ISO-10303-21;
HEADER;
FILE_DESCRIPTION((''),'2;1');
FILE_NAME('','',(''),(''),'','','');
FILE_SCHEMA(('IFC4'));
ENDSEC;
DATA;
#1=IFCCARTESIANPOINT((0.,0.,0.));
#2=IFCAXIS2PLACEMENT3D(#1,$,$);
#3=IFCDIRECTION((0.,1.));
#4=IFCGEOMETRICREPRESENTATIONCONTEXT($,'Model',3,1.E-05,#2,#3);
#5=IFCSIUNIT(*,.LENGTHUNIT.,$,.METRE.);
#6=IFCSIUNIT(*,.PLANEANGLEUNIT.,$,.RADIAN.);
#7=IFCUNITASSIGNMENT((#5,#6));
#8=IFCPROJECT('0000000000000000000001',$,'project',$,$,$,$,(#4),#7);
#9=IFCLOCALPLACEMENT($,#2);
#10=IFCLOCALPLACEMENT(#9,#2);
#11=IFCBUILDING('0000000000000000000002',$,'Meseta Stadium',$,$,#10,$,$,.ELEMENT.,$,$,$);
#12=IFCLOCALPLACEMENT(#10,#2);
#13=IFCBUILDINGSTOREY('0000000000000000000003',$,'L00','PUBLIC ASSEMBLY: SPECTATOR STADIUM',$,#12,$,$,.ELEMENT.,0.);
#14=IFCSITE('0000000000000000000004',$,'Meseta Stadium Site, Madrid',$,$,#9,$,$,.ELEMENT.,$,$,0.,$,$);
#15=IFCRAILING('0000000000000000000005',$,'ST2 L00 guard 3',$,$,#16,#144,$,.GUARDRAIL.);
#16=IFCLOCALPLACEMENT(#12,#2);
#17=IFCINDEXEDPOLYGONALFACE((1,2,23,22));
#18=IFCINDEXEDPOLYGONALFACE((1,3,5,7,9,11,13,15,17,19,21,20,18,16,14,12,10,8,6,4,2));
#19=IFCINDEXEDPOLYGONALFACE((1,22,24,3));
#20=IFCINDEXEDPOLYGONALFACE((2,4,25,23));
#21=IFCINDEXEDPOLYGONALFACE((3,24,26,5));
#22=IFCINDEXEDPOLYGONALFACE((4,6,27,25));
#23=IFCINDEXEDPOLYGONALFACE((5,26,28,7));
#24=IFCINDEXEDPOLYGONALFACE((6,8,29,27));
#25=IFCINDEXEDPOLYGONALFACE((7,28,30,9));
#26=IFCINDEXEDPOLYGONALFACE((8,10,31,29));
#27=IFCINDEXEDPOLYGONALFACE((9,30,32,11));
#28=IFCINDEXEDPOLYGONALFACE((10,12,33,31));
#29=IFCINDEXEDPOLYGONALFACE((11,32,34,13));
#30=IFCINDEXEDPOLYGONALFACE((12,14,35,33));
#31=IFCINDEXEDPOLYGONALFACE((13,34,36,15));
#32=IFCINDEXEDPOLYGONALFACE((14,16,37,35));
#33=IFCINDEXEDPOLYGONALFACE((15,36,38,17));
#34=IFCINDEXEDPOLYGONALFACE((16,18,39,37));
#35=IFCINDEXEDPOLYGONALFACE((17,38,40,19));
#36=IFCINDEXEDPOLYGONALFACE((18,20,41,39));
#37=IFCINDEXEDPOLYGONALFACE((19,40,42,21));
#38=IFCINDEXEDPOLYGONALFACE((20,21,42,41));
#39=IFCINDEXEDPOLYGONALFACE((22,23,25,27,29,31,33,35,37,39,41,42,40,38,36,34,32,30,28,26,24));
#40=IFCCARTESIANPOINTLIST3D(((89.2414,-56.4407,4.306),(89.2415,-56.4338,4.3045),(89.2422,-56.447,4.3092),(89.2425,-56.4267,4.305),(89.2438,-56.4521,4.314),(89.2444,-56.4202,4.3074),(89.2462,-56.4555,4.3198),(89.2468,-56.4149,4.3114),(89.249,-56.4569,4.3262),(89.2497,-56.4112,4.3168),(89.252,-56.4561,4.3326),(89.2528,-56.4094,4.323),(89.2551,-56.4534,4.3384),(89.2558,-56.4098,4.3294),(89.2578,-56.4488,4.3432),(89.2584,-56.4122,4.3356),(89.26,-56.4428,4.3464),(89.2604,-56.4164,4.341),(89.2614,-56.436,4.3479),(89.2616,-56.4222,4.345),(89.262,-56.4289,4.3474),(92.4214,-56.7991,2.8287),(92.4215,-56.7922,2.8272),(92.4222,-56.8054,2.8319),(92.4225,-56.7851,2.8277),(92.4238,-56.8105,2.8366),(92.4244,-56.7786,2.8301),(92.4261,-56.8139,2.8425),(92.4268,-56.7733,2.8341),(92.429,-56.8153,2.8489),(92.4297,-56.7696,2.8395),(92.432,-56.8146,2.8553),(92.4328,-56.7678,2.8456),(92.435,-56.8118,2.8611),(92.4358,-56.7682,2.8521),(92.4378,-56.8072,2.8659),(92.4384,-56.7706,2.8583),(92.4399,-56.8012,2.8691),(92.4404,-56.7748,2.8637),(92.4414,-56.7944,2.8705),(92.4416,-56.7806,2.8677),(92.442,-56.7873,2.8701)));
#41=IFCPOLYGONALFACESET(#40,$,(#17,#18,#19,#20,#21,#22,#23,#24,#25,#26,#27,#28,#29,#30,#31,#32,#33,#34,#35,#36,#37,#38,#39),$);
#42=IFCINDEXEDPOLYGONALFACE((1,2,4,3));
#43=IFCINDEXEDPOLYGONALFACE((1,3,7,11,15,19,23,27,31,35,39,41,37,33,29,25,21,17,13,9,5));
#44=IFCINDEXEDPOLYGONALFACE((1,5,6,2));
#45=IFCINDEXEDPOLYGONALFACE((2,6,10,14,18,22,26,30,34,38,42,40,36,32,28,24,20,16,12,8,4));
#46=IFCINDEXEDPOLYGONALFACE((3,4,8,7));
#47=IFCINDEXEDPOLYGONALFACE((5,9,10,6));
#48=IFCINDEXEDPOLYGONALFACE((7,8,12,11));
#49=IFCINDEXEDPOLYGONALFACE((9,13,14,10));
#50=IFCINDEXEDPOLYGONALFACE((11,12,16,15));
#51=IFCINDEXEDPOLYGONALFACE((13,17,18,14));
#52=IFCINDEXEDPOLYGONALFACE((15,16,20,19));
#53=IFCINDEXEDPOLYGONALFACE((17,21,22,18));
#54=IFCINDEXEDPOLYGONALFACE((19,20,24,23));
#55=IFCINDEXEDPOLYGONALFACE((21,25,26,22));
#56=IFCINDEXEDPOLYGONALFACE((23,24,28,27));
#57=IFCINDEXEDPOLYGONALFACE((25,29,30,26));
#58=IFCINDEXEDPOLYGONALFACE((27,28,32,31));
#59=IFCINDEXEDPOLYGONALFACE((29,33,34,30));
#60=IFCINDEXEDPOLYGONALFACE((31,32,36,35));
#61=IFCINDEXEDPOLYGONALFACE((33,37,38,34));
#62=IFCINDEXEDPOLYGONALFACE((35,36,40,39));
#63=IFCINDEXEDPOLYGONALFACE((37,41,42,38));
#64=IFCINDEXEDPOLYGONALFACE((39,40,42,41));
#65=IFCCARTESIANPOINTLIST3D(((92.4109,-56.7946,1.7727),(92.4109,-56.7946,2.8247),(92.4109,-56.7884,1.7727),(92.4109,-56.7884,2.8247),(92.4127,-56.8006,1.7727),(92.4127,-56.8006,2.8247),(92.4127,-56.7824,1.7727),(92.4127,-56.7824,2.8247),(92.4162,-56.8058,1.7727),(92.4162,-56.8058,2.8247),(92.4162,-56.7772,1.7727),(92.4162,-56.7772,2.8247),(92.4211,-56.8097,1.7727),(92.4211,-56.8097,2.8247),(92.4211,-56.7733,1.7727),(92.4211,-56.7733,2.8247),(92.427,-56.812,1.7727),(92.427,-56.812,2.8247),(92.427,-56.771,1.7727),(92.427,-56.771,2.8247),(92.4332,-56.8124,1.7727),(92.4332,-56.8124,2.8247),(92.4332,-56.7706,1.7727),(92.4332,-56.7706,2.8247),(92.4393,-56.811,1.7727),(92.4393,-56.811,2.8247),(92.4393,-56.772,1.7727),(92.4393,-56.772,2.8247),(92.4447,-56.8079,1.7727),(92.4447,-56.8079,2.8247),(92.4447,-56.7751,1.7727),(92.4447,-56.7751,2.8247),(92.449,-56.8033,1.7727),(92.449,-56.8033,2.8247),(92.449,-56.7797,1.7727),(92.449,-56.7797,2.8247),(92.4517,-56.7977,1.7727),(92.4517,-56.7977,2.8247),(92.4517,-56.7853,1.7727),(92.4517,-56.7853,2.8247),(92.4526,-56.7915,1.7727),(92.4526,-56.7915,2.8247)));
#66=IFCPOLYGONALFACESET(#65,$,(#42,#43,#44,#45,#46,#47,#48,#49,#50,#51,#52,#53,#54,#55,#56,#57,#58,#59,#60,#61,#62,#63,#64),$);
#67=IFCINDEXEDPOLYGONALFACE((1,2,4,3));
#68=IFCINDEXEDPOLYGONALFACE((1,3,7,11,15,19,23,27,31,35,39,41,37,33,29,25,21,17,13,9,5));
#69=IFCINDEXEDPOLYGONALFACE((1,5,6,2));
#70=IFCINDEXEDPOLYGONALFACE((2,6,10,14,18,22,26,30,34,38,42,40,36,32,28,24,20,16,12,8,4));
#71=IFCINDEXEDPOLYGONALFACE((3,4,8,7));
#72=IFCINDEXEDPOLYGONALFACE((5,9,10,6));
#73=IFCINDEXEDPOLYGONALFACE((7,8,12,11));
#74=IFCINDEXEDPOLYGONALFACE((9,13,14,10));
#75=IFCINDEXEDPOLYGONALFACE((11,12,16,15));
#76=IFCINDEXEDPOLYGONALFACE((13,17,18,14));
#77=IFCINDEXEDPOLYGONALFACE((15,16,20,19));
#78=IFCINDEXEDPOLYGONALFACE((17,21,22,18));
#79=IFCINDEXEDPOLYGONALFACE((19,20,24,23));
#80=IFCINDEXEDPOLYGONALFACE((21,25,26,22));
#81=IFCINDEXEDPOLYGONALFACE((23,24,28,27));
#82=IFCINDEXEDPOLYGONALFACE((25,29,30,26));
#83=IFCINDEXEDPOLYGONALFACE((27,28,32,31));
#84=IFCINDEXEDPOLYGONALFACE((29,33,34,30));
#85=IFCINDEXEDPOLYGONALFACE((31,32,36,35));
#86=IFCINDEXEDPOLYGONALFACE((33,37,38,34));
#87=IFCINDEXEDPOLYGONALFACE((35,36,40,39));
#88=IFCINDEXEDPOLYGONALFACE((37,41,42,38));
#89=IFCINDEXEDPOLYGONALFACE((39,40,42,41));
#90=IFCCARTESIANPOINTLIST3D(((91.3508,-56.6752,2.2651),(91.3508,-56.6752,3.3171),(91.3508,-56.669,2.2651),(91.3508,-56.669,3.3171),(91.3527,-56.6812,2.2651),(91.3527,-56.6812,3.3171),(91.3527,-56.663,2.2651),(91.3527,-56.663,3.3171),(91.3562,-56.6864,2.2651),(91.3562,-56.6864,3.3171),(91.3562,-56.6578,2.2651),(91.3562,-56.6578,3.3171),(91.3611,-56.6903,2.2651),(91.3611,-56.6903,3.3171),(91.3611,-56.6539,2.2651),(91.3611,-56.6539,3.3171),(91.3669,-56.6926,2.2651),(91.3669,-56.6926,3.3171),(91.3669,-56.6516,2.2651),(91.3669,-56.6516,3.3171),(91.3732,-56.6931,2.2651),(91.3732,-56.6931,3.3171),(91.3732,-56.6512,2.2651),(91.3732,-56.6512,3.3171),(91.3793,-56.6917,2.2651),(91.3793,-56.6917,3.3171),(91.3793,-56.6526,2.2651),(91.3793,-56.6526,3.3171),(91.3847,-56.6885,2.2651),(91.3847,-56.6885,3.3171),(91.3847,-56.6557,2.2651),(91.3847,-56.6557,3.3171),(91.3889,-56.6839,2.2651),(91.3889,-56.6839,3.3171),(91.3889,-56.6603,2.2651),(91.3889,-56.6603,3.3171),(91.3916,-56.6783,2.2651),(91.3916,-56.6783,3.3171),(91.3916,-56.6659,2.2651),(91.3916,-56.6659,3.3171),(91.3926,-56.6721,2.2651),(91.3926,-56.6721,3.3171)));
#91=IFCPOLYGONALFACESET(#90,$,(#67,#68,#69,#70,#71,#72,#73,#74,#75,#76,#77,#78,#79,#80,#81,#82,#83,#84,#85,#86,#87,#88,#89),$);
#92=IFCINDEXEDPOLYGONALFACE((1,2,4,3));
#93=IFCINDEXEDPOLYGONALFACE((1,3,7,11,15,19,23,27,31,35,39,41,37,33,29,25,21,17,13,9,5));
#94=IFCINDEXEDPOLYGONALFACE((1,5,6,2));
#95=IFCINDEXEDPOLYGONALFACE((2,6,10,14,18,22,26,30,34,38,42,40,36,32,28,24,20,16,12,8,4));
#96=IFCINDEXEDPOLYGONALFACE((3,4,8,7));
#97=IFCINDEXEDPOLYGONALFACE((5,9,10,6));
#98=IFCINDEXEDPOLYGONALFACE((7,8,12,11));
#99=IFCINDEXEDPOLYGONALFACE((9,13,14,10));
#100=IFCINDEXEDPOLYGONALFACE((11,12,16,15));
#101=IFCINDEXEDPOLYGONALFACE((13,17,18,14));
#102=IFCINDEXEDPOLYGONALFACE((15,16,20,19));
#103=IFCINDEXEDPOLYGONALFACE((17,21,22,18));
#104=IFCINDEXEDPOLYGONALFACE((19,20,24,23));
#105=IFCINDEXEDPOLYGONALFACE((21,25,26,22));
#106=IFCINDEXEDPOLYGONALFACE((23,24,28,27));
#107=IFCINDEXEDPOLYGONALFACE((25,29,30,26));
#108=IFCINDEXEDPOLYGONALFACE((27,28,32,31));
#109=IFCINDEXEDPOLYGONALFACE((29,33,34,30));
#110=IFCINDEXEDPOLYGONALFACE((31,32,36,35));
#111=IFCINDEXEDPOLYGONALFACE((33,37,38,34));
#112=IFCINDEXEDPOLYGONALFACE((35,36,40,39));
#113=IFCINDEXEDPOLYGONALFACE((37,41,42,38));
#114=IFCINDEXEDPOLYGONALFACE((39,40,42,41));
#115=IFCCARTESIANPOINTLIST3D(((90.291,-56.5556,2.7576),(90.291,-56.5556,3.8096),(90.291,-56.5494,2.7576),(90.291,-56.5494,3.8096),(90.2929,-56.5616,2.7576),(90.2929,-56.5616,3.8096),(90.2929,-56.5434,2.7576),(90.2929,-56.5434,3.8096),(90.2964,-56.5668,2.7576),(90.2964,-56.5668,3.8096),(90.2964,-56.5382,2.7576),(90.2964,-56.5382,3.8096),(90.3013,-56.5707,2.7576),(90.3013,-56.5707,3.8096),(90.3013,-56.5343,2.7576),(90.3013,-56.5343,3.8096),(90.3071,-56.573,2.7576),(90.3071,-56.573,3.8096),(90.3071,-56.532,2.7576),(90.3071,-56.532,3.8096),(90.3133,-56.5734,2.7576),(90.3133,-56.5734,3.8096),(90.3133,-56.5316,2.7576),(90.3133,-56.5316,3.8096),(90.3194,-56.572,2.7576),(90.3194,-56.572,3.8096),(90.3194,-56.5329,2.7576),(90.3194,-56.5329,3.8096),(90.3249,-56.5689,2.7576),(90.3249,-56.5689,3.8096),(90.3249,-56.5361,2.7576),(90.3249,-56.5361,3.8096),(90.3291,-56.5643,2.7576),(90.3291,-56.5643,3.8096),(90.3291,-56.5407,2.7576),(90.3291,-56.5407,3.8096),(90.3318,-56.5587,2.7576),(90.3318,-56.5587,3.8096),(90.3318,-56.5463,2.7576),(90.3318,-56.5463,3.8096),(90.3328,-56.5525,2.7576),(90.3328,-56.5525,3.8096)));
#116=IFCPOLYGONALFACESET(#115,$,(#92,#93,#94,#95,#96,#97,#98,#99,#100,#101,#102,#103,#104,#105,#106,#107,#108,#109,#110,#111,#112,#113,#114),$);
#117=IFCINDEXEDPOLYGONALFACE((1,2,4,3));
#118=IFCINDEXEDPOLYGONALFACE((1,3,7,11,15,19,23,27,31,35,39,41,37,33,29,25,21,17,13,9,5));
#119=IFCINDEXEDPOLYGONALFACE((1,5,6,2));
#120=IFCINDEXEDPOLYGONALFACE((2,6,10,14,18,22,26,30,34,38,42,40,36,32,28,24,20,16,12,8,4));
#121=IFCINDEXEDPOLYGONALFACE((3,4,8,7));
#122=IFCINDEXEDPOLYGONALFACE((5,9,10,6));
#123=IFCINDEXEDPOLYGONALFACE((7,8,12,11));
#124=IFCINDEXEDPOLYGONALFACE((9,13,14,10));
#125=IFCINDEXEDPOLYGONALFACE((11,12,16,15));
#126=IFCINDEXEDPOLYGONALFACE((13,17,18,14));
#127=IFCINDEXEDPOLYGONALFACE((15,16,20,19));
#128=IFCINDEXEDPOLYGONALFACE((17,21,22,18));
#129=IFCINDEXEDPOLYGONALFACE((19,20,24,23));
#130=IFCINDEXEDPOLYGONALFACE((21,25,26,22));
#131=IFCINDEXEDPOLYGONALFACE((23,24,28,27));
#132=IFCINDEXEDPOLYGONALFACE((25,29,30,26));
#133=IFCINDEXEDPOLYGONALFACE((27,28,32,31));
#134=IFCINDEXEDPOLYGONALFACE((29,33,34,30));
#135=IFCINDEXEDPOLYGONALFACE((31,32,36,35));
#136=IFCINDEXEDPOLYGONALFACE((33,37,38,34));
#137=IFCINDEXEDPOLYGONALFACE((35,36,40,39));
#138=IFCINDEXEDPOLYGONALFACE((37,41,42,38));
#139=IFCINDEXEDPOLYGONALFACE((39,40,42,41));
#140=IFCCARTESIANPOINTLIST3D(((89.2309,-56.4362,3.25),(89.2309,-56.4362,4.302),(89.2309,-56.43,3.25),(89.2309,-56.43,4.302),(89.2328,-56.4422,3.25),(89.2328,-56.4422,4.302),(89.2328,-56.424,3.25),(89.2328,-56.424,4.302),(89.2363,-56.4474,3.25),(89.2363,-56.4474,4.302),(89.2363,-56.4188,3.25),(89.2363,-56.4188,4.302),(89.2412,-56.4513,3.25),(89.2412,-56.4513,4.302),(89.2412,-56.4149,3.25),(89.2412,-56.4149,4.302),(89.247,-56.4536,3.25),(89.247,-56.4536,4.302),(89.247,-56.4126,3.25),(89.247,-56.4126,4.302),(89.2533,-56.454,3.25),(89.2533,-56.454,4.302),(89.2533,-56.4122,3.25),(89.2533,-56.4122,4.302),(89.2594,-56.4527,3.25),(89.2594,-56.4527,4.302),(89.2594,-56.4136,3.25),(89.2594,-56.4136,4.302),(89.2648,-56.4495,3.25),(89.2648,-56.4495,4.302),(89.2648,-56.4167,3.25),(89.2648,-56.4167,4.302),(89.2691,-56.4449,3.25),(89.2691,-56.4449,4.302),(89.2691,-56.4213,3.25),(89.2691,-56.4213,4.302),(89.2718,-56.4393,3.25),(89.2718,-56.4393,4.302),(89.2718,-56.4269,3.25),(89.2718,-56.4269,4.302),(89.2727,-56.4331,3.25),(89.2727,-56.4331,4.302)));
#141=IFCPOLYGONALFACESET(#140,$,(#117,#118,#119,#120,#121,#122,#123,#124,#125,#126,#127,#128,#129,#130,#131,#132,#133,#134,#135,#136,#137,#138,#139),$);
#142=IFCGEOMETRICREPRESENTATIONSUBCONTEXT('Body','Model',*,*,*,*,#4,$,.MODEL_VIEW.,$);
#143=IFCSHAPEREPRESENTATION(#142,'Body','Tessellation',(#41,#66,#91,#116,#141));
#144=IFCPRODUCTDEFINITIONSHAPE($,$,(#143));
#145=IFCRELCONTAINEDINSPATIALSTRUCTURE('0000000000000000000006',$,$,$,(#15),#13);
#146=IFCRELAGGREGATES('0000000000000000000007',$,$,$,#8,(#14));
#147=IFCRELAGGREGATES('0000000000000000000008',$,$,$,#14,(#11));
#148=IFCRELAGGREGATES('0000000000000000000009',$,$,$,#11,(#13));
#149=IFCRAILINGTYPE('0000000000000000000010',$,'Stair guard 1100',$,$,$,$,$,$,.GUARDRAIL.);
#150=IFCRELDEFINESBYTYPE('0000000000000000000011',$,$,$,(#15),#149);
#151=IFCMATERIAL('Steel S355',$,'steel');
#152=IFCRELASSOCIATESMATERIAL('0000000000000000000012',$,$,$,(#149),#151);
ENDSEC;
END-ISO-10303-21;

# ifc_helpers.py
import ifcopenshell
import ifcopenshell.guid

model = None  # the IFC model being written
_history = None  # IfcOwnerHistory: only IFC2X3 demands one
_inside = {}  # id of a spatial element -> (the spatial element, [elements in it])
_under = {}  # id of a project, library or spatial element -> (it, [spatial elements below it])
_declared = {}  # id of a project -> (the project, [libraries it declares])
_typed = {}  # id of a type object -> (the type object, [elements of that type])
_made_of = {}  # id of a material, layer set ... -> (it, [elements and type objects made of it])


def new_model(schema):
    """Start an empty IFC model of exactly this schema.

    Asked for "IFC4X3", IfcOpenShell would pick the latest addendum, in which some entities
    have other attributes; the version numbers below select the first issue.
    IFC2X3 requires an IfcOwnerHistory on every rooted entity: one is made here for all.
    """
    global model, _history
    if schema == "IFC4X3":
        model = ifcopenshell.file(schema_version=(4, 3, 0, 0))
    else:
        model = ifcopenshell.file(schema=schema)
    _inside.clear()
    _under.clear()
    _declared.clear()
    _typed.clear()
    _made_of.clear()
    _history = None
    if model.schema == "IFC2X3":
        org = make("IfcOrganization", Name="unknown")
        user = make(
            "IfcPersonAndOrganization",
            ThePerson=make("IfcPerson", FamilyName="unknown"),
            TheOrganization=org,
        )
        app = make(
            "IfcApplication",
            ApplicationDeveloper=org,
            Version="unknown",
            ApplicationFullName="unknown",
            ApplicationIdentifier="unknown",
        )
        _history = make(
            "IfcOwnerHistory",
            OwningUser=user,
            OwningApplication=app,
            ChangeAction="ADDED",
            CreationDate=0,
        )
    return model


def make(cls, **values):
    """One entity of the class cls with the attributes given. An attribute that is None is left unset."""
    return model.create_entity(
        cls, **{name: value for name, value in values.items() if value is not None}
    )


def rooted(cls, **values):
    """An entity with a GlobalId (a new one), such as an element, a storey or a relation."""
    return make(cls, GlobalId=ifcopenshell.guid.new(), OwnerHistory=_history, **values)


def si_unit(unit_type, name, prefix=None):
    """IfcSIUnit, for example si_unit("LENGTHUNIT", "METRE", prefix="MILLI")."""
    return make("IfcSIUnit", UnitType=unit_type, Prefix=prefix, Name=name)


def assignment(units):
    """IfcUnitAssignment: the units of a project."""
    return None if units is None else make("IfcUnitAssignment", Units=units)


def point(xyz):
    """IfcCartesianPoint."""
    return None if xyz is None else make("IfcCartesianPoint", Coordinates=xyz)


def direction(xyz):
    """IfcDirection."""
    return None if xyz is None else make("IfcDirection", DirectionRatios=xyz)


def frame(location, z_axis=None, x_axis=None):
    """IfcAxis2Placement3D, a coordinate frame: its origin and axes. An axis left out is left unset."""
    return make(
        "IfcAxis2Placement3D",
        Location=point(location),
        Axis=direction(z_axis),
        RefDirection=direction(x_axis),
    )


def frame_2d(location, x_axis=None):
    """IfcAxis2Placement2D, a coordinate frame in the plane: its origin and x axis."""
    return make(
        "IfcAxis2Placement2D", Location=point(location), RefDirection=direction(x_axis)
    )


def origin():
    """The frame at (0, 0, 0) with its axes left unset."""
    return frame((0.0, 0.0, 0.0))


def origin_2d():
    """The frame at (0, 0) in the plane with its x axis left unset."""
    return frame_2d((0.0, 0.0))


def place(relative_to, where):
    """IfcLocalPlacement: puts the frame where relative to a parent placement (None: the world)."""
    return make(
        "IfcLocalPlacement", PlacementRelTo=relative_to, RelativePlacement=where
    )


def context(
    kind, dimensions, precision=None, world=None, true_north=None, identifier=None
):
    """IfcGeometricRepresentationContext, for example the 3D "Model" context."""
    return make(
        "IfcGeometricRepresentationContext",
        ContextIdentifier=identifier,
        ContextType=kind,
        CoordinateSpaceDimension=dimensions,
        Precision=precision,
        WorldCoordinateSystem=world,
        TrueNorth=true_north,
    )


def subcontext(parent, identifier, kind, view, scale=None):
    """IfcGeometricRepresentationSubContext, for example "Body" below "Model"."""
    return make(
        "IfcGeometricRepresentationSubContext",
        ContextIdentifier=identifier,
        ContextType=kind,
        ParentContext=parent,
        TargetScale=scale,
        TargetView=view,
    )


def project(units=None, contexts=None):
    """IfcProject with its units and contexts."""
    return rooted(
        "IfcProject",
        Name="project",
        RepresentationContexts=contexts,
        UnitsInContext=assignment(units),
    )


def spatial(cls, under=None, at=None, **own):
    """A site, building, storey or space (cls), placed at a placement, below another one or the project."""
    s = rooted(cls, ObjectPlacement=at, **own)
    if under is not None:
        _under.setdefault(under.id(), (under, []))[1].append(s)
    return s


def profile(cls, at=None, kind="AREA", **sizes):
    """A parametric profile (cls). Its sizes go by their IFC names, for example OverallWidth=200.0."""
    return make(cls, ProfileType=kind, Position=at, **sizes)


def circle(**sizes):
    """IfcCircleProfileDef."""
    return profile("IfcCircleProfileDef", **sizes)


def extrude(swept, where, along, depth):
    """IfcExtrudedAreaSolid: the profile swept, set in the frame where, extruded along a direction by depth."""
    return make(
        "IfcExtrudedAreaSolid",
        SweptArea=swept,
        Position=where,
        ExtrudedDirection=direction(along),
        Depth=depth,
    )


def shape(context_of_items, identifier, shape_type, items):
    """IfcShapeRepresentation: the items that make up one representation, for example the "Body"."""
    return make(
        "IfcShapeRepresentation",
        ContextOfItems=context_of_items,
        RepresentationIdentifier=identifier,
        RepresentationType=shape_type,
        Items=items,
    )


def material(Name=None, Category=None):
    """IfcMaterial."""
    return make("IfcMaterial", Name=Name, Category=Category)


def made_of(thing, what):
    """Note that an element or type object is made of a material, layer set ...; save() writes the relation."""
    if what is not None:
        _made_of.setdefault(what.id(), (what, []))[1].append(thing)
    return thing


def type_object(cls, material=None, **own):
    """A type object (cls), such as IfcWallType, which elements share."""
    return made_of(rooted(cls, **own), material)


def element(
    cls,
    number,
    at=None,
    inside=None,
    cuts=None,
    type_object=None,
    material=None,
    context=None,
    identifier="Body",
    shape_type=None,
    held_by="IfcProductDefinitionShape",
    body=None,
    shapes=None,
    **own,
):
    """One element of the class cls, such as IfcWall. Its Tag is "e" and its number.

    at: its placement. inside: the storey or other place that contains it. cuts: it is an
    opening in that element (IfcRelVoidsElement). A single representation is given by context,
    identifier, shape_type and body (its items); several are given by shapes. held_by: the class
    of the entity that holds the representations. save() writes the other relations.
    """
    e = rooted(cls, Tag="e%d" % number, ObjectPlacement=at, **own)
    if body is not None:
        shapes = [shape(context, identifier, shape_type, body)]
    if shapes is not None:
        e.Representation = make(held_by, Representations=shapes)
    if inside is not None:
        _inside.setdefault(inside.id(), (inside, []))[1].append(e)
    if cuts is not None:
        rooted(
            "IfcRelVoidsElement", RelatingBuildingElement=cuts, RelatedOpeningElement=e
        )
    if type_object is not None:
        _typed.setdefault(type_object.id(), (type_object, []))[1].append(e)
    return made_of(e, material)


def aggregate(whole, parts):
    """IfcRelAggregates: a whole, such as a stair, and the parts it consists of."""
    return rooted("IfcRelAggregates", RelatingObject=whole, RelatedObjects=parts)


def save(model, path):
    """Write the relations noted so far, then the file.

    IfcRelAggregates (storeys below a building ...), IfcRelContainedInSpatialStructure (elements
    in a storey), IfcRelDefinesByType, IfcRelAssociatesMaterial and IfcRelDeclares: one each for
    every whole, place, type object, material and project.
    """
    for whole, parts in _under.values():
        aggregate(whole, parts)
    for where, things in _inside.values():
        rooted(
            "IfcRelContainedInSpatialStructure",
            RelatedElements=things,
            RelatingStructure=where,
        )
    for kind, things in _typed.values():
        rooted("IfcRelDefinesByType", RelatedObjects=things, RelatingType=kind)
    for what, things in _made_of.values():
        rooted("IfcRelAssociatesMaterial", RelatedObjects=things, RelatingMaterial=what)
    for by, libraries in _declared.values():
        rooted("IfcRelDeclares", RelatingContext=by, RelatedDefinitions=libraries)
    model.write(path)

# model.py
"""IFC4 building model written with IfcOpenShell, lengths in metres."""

from ifc_helpers import new_model, si_unit, direction, frame, origin, origin_2d, place, context, subcontext, project, spatial, circle, extrude, material, type_object, element, save


model = new_model("IFC4")

# Units and contexts
model_context = context("Model", 3, precision=1e-05, world=origin(), true_north=direction((0.0, 1.0)))
body_context = subcontext(model_context, "Body", "Model", "MODEL_VIEW")
ifc_project = project(units=[si_unit("LENGTHUNIT", "METRE"), si_unit("PLANEANGLEUNIT", "RADIAN")], contexts=[model_context])

# Site, building, storey
site_placement = place(None, origin())
site = spatial("IfcSite", under=ifc_project, at=site_placement, Name="Meseta Stadium Site, Madrid", CompositionType="ELEMENT", RefElevation=0.0)
building_placement = place(site_placement, origin())
building = spatial("IfcBuilding", under=site, at=building_placement, Name="Meseta Stadium", CompositionType="ELEMENT")
storey_placement = place(building_placement, origin())
storey = spatial("IfcBuildingStorey", under=building, at=storey_placement, Name="L00", Description="PUBLIC ASSEMBLY: SPECTATOR STADIUM", CompositionType="ELEMENT", Elevation=0.0)

# Railing
ifc_material_1 = material(Name="Steel S355", Category="steel")
railing_type_1 = type_object("IfcRailingType", Name="Stair guard 1100", PredefinedType="GUARDRAIL", material=ifc_material_1)
railing_1_placement = place(storey_placement, frame((92.4316, -56.7915, 1.7727)))
element("IfcRailing", 1, at=railing_1_placement, inside=storey, type_object=railing_type_1, Name="ST2 L00 guard 3", PredefinedType="GUARDRAIL", context=body_context, shape_type="SweptSolid", body=[
    extrude(circle(Radius=0.0239, at=origin_2d()), frame((0.0, 0.0, 1.0762), z_axis=(-0.90221, 0.101685, 0.419138), x_axis=(-0.111997, -0.993709, 0.0)), (0.0, 0.0, 1.0), 3.5247),
    extrude(circle(Radius=0.021, at=origin_2d()), origin(), (0.0, 0.0, 1.0), 1.052),
    extrude(circle(Radius=0.021, at=origin_2d()), frame((-1.0601, 0.1194, 0.4924)), (0.0, 0.0, 1.0), 1.052),
    extrude(circle(Radius=0.021, at=origin_2d()), frame((-2.1199, 0.239, 0.9849)), (0.0, 0.0, 1.0), 1.052),
    extrude(circle(Radius=0.021, at=origin_2d()), frame((-3.1799, 0.3584, 1.4773)), (0.0, 0.0, 1.0), 1.052),
])

save(model, "model.ifc")
